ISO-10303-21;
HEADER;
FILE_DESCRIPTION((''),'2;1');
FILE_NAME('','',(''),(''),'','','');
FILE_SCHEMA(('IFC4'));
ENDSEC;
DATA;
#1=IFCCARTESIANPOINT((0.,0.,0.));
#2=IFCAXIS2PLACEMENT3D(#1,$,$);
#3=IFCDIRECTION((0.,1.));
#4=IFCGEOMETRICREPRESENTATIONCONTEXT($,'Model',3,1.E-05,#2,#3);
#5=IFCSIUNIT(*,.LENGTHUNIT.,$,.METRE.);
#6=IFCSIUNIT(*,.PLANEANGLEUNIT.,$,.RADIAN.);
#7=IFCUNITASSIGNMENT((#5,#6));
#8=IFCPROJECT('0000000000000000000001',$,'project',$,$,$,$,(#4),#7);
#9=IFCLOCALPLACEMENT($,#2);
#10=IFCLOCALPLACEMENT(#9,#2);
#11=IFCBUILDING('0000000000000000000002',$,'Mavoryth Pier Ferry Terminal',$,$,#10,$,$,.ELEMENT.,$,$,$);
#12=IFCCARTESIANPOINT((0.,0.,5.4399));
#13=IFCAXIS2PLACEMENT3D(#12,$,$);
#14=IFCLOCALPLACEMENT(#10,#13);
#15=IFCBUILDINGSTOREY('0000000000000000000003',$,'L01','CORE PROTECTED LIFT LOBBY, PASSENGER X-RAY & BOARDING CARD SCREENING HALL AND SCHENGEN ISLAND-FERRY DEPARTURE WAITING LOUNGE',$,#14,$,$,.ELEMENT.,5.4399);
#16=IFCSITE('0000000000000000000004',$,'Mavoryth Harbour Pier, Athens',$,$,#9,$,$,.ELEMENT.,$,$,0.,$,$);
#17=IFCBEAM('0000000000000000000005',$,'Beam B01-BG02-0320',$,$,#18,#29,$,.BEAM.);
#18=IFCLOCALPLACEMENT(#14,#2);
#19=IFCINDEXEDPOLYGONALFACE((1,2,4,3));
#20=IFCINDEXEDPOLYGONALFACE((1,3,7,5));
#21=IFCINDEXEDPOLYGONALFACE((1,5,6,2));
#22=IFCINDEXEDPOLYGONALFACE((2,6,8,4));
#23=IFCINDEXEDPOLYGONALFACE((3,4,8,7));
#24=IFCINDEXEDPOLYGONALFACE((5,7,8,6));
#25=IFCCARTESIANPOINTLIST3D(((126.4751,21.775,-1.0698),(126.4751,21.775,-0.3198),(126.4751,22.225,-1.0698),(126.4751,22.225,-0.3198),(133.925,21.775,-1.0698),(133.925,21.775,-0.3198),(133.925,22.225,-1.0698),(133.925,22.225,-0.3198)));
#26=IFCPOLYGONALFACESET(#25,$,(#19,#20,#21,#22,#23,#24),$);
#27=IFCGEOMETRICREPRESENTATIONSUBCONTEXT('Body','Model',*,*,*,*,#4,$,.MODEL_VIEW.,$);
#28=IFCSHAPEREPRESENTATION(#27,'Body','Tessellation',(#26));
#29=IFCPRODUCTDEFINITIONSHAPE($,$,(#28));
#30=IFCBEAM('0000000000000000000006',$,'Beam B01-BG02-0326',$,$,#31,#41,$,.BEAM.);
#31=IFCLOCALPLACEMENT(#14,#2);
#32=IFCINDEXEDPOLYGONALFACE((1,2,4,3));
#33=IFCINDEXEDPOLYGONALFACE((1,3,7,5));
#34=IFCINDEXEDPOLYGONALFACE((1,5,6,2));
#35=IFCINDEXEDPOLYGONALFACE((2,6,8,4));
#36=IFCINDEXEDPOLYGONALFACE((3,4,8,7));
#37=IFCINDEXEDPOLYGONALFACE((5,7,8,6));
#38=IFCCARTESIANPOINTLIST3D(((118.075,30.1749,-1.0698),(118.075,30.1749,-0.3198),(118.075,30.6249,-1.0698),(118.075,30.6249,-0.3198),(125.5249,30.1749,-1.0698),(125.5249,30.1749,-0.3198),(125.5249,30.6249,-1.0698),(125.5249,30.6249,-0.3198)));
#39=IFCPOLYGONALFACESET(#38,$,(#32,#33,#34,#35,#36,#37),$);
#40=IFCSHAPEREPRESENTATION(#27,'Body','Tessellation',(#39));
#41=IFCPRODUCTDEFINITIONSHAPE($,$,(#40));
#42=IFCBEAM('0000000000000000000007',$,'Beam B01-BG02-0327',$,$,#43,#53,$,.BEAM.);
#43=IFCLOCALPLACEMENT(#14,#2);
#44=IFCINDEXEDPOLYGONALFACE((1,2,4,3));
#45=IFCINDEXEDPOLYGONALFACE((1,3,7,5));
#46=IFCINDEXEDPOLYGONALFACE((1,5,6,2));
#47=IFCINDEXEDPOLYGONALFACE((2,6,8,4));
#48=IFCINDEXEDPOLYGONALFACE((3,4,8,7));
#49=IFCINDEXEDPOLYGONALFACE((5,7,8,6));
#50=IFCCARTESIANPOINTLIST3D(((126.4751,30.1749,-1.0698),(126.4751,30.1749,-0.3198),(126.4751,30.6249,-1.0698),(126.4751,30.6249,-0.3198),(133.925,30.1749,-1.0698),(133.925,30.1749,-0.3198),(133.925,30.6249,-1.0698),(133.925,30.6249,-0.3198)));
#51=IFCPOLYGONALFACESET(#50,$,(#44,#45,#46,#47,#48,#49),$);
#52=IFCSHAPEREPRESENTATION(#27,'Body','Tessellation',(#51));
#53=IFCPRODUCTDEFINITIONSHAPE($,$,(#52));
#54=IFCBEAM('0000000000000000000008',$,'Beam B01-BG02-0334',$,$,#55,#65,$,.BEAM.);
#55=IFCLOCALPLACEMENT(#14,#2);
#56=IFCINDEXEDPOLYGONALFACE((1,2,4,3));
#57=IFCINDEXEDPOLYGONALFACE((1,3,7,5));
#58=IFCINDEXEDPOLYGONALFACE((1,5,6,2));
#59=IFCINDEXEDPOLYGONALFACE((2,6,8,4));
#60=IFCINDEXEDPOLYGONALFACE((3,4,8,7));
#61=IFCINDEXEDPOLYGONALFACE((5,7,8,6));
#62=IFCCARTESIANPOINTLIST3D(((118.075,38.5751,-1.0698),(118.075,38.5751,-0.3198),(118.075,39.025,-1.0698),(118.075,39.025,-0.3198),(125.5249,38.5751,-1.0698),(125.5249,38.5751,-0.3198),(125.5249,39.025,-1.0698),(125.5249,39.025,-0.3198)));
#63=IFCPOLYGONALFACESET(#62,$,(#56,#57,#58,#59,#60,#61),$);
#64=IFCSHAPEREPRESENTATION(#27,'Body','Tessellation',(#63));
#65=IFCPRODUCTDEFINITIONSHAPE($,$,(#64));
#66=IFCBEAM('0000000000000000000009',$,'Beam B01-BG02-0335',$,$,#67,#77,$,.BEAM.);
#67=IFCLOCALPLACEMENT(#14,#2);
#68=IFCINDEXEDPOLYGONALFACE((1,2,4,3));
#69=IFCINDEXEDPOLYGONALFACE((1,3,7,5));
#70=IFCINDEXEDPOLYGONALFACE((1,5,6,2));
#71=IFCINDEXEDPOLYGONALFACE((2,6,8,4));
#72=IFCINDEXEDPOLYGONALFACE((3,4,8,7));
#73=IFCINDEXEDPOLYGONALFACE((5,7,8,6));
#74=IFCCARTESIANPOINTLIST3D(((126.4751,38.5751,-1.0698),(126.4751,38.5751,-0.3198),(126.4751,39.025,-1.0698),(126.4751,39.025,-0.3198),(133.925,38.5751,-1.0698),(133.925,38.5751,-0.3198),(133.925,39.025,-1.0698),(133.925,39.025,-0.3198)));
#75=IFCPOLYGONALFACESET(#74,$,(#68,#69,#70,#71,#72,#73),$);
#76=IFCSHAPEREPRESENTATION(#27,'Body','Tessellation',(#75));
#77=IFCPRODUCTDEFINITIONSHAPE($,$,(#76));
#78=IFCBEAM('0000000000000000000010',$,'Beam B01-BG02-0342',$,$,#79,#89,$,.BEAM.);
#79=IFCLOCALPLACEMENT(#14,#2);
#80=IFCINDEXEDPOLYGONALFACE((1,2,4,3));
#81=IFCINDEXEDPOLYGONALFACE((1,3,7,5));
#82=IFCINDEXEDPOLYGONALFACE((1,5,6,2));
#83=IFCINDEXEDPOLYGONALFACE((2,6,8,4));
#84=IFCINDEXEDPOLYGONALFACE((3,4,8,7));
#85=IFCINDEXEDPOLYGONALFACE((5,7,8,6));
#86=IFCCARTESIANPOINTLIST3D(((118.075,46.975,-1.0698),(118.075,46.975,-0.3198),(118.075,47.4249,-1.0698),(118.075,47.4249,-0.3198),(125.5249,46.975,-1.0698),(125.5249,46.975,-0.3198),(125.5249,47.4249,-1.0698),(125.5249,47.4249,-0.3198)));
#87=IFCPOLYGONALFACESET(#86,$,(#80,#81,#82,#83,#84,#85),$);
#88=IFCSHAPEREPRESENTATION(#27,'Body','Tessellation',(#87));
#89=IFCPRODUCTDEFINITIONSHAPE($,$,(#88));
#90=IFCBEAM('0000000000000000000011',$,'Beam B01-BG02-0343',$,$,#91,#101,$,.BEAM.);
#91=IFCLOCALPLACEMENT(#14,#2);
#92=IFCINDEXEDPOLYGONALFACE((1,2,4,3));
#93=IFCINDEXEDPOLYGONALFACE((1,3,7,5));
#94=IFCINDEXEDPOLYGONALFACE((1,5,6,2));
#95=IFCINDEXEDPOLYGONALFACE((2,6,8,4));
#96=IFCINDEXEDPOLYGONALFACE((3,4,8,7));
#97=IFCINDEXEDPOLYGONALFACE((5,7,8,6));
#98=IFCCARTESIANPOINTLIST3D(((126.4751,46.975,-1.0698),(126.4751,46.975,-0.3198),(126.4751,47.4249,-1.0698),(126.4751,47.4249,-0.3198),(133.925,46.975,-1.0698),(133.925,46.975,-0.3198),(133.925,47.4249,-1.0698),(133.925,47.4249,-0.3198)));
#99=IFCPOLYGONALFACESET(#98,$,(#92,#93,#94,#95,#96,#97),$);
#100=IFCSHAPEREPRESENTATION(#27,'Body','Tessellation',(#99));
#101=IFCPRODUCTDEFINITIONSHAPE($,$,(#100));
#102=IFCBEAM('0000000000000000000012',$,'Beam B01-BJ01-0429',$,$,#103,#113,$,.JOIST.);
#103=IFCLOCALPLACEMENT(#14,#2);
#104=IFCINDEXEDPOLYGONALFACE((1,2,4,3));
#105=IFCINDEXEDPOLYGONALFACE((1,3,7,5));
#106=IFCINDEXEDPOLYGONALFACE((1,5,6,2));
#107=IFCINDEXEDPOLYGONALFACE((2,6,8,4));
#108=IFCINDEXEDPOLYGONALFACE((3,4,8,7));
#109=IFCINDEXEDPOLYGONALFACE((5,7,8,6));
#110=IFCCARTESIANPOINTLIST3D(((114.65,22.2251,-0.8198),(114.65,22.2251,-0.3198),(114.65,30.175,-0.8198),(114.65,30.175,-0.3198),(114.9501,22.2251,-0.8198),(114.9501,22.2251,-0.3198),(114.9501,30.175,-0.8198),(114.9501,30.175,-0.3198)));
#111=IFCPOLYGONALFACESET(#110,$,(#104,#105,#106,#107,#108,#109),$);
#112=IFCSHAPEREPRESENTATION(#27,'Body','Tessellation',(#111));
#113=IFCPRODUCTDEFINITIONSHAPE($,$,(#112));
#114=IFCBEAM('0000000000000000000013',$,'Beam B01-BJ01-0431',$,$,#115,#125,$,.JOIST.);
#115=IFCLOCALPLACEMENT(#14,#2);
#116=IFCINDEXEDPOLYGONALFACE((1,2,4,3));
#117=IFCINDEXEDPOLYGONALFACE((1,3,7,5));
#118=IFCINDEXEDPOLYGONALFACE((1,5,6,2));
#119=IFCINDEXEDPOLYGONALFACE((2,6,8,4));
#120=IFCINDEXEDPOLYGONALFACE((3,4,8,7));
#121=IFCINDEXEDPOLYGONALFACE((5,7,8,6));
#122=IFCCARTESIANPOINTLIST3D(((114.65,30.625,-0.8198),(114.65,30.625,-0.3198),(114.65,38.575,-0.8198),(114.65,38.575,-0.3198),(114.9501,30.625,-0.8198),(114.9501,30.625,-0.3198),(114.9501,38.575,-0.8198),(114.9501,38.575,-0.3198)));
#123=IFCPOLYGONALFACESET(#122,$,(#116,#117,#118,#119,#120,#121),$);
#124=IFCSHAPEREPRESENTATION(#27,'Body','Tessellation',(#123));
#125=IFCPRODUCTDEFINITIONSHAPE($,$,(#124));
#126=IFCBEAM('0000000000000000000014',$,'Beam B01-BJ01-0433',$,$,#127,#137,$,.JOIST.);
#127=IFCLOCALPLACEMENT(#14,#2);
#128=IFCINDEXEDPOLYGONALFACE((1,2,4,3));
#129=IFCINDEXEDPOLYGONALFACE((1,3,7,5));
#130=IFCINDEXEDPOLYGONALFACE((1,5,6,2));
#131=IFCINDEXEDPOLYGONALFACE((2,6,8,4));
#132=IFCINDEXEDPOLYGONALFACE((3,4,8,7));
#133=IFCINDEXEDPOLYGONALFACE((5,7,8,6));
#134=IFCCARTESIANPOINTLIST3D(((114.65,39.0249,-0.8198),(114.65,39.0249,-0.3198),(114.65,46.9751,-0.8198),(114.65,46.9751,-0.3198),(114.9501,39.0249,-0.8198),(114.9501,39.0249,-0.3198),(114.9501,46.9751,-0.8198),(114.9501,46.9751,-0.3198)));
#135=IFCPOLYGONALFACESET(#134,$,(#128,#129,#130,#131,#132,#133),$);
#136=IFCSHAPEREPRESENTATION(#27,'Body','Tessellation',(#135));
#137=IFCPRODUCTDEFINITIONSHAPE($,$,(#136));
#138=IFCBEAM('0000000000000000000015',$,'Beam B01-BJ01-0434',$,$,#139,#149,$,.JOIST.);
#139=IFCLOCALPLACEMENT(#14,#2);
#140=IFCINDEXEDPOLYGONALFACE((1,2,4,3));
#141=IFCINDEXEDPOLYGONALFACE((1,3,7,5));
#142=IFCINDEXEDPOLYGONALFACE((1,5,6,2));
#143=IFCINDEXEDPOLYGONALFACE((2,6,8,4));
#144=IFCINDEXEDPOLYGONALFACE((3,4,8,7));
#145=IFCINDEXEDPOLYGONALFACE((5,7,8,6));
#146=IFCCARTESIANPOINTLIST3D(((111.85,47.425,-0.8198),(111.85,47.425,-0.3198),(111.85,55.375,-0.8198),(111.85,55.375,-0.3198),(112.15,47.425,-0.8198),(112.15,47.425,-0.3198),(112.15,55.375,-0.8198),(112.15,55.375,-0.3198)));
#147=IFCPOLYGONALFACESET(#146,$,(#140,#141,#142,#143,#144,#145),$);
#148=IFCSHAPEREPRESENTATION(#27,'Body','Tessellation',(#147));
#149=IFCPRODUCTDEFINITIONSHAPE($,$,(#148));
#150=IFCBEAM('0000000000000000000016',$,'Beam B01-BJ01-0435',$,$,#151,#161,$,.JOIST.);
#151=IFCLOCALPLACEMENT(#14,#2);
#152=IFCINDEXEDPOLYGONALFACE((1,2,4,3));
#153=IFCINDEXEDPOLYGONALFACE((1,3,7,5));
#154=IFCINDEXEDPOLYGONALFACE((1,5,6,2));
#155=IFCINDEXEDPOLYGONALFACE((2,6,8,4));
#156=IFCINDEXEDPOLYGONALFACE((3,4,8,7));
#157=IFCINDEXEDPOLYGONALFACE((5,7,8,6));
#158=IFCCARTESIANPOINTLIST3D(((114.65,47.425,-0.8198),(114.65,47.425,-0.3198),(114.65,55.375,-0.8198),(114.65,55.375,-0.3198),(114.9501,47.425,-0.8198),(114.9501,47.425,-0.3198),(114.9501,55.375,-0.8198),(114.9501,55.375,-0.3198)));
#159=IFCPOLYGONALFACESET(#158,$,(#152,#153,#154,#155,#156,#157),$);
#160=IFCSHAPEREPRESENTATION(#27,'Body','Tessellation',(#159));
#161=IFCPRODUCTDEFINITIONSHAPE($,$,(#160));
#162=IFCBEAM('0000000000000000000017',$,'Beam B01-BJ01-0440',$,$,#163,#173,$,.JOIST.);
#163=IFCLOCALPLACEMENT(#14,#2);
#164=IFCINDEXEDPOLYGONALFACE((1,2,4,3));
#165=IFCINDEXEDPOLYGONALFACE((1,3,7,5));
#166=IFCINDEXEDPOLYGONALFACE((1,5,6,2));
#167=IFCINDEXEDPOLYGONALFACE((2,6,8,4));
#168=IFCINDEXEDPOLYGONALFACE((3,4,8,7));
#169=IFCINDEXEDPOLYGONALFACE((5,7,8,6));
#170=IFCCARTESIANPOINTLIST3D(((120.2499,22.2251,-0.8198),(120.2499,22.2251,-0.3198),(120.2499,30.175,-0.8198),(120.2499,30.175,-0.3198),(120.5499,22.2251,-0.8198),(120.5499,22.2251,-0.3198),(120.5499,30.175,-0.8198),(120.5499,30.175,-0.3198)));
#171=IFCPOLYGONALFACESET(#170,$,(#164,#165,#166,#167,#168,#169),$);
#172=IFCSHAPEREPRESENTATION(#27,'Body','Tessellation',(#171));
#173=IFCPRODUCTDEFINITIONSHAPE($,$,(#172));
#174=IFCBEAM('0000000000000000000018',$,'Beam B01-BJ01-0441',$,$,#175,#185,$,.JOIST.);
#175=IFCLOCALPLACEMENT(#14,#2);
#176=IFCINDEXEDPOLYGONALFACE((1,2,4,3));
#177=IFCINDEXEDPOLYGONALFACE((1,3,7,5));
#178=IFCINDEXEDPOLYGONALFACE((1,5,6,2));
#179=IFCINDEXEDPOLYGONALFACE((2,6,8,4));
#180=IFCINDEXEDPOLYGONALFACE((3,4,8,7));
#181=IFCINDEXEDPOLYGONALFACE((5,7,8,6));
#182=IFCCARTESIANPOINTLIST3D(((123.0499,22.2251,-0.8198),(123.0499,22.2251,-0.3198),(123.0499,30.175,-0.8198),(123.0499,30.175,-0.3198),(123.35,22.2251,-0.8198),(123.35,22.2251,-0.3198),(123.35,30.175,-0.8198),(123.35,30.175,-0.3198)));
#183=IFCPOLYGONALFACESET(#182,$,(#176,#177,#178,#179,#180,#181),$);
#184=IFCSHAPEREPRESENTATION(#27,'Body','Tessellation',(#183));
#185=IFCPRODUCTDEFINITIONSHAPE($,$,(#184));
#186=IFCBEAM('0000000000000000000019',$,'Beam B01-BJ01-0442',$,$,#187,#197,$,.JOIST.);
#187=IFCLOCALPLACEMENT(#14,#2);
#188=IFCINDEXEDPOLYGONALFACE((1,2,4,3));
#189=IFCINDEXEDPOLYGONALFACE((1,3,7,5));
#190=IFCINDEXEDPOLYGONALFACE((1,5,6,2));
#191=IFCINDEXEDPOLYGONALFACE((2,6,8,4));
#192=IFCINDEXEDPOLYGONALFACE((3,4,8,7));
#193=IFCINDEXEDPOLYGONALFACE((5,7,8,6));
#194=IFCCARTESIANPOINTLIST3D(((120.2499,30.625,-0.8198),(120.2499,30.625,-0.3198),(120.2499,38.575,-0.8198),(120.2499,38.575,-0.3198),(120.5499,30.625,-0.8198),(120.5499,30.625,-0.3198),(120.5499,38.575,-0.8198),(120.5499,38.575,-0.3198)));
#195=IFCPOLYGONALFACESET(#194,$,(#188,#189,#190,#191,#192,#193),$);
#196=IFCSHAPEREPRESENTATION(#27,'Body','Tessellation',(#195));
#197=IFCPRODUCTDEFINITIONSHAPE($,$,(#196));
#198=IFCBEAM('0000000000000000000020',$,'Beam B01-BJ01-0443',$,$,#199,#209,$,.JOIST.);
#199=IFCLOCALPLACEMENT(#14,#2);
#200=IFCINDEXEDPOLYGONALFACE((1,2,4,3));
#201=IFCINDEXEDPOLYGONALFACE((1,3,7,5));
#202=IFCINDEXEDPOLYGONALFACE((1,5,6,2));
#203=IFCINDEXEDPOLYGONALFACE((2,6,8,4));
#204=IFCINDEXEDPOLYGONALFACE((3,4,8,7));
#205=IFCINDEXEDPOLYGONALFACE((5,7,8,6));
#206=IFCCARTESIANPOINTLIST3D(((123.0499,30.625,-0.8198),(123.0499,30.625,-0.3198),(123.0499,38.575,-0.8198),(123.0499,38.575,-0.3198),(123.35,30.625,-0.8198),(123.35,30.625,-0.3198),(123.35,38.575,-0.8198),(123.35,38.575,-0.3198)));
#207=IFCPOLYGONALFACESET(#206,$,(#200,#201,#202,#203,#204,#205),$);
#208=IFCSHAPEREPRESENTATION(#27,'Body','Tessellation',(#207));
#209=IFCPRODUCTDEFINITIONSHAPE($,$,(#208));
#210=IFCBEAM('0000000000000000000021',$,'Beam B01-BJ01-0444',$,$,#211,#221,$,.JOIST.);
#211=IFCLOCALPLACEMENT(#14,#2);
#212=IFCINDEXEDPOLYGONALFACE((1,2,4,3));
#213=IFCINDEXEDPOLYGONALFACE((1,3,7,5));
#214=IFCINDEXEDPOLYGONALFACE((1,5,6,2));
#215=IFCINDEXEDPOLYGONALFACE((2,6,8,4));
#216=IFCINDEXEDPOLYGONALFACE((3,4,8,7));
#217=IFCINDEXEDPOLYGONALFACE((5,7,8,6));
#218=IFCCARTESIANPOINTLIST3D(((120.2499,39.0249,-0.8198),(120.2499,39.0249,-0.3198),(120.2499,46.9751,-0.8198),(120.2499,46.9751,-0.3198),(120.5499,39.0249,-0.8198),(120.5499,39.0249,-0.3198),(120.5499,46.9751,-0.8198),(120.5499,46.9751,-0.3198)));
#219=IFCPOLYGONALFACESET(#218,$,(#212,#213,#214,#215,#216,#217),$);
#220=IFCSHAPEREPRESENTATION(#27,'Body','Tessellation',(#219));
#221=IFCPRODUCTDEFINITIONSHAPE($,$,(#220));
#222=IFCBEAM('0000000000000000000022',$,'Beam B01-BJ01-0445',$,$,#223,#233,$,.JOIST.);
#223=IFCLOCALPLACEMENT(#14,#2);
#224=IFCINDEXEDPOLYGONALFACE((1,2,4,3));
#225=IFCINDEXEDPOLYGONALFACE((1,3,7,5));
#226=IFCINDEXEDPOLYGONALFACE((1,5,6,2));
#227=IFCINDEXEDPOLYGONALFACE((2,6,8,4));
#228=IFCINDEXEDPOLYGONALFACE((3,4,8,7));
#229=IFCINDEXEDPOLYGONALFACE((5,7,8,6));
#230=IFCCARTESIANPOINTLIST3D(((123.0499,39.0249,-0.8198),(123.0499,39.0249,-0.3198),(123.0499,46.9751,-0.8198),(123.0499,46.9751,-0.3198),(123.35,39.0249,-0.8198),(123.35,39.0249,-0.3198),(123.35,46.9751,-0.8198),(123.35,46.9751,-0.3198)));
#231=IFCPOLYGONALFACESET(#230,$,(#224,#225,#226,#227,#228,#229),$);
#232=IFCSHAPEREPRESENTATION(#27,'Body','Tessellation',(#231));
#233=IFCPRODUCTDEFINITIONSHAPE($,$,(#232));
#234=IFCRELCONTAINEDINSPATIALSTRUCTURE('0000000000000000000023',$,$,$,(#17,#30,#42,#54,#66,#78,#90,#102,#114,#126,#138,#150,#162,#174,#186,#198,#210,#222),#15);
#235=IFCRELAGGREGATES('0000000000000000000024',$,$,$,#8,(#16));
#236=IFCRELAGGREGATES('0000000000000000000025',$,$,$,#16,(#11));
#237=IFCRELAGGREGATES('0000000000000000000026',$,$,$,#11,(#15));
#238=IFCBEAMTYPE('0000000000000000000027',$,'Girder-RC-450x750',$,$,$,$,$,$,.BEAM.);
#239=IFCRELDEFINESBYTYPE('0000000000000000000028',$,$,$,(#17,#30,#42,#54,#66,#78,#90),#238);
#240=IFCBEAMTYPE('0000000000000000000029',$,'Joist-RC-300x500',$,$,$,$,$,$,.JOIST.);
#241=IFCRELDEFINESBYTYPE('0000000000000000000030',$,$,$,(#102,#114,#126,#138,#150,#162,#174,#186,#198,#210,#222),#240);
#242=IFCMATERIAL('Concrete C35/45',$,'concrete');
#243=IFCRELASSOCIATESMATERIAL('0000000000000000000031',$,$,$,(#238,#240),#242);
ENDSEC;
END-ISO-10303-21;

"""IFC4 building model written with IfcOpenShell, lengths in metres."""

from ifc_helpers import new_model, si_unit, direction, frame, origin, origin_2d, place, context, subcontext, project, spatial, rectangle, extrude, material, material_profile, profile_set, type_object, element, save


model = new_model("IFC4")

# Units and contexts
model_context = context("Model", 3, precision=1e-05, world=origin(), true_north=direction((0.0, 1.0)))
body_context = subcontext(model_context, "Body", "Model", "MODEL_VIEW")
ifc_project = project(units=[si_unit("LENGTHUNIT", "METRE"), si_unit("PLANEANGLEUNIT", "RADIAN")], contexts=[model_context])

# Site, building, storey
site_placement = place(None, origin())
site = spatial("IfcSite", under=ifc_project, at=site_placement, Name="Mavoryth Harbour Pier, Athens", CompositionType="ELEMENT", RefElevation=0.0)
building_placement = place(site_placement, origin())
building = spatial("IfcBuilding", under=site, at=building_placement, Name="Mavoryth Pier Ferry Terminal", CompositionType="ELEMENT")
storey_placement = place(building_placement, frame((0.0, 0.0, 5.4399)))
storey = spatial("IfcBuildingStorey", under=building, at=storey_placement, Name="L01", Description="CORE PROTECTED LIFT LOBBY, PASSENGER X-RAY & BOARDING CARD SCREENING HALL AND SCHENGEN ISLAND-FERRY DEPARTURE WAITING LOUNGE", CompositionType="ELEMENT", Elevation=5.4399)

# Beams
ifc_material_1 = material(Name="Concrete C35/45", Category="concrete")
ifc_material_profile_1 = material_profile(ifc_material_1, rectangle(XDim=0.45, YDim=0.75, at=origin_2d()), Name="RC 450x750", Category="concrete")
ifc_profile_set_1 = profile_set([ifc_material_profile_1], Name="Concrete C35/45 - RC 450x750")
beam_type_1 = type_object("IfcBeamType", Name="Girder-RC-450x750", PredefinedType="BEAM", material=ifc_profile_set_1)
for number, where, z_axis, x_axis, name in (
    (1, (126.4751, 22.0, -0.6948), (1.0, 0.0, 0.0), (0.0, 1.0, 0.0), "Beam B01-BG02-0320"),
    (2, (118.075, 30.3999, -0.6948), (1.0, 0.0, 0.0), (0.0, 1.0, 0.0), "Beam B01-BG02-0326"),
    (3, (126.4751, 30.3999, -0.6948), (1.0, 0.0, 0.0), (0.0, 1.0, 0.0), "Beam B01-BG02-0327"),
    (4, (118.075, 38.8, -0.6948), (1.0, 0.0, 0.0), (0.0, 1.0, 0.0), "Beam B01-BG02-0334"),
    (5, (126.4751, 38.8, -0.6948), (1.0, 0.0, 0.0), (0.0, 1.0, 0.0), "Beam B01-BG02-0335"),
    (6, (118.075, 47.2, -0.6948), (1.0, 0.0, 0.0), (0.0, 1.0, 0.0), "Beam B01-BG02-0342"),
    (7, (126.4751, 47.2, -0.6948), (1.0, 0.0, 0.0), (0.0, 1.0, 0.0), "Beam B01-BG02-0343"),
):
    element("IfcBeam", number, at=place(storey_placement, frame(where, z_axis=z_axis, x_axis=x_axis)), inside=storey, type_object=beam_type_1, Name=name, PredefinedType="BEAM", context=body_context, shape_type="SweptSolid", body=[
        extrude(rectangle(XDim=0.45, YDim=0.75, at=origin_2d()), origin(), (0.0, 0.0, 1.0), 7.45),
    ])
ifc_material_profile_2 = material_profile(ifc_material_1, rectangle(XDim=0.3, YDim=0.5, at=origin_2d()), Name="RC 300x500", Category="concrete")
ifc_profile_set_2 = profile_set([ifc_material_profile_2], Name="Concrete C35/45 - RC 300x500")
beam_type_2 = type_object("IfcBeamType", Name="Joist-RC-300x500", PredefinedType="JOIST", material=ifc_profile_set_2)
for number, where, z_axis, x_axis, name in (
    (8, (114.8, 22.2251, -0.5698), (0.0, 1.0, 0.0), (-1.0, 0.0, 0.0), "Beam B01-BJ01-0429"),
    (9, (114.8, 30.625, -0.5698), (0.0, 1.0, 0.0), (-1.0, 0.0, 0.0), "Beam B01-BJ01-0431"),
):
    element("IfcBeam", number, at=place(storey_placement, frame(where, z_axis=z_axis, x_axis=x_axis)), inside=storey, type_object=beam_type_2, Name=name, PredefinedType="JOIST", context=body_context, shape_type="SweptSolid", body=[
        extrude(rectangle(XDim=0.3, YDim=0.5, at=origin_2d()), origin(), (0.0, 0.0, 1.0), 7.95),
    ])
beam_1_placement = place(storey_placement, frame((114.8, 39.0249, -0.5698), z_axis=(0.0, 1.0, 0.0), x_axis=(-1.0, 0.0, 0.0)))
element("IfcBeam", 10, at=beam_1_placement, inside=storey, type_object=beam_type_2, Name="Beam B01-BJ01-0433", PredefinedType="JOIST", context=body_context, shape_type="SweptSolid", body=[
    extrude(rectangle(XDim=0.3, YDim=0.5, at=origin_2d()), origin(), (0.0, 0.0, 1.0), 7.9502),
])
for number, where, z_axis, x_axis, name in (
    (11, (112.0, 47.425, -0.5698), (0.0, 1.0, 0.0), (-1.0, 0.0, 0.0), "Beam B01-BJ01-0434"),
    (12, (114.8, 47.425, -0.5698), (0.0, 1.0, 0.0), (-1.0, 0.0, 0.0), "Beam B01-BJ01-0435"),
    (13, (120.3999, 22.2251, -0.5698), (0.0, 1.0, 0.0), (-1.0, 0.0, 0.0), "Beam B01-BJ01-0440"),
    (14, (123.2, 22.2251, -0.5698), (0.0, 1.0, 0.0), (-1.0, 0.0, 0.0), "Beam B01-BJ01-0441"),
    (15, (120.3999, 30.625, -0.5698), (0.0, 1.0, 0.0), (-1.0, 0.0, 0.0), "Beam B01-BJ01-0442"),
    (16, (123.2, 30.625, -0.5698), (0.0, 1.0, 0.0), (-1.0, 0.0, 0.0), "Beam B01-BJ01-0443"),
):
    element("IfcBeam", number, at=place(storey_placement, frame(where, z_axis=z_axis, x_axis=x_axis)), inside=storey, type_object=beam_type_2, Name=name, PredefinedType="JOIST", context=body_context, shape_type="SweptSolid", body=[
        extrude(rectangle(XDim=0.3, YDim=0.5, at=origin_2d()), origin(), (0.0, 0.0, 1.0), 7.95),
    ])
for number, where, z_axis, x_axis, name in (
    (17, (120.3999, 39.0249, -0.5698), (0.0, 1.0, 0.0), (-1.0, 0.0, 0.0), "Beam B01-BJ01-0444"),
    (18, (123.2, 39.0249, -0.5698), (0.0, 1.0, 0.0), (-1.0, 0.0, 0.0), "Beam B01-BJ01-0445"),
):
    element("IfcBeam", number, at=place(storey_placement, frame(where, z_axis=z_axis, x_axis=x_axis)), inside=storey, type_object=beam_type_2, Name=name, PredefinedType="JOIST", context=body_context, shape_type="SweptSolid", body=[
        extrude(rectangle(XDim=0.3, YDim=0.5, at=origin_2d()), origin(), (0.0, 0.0, 1.0), 7.9502),
    ])

save(model, "model.ifc")
